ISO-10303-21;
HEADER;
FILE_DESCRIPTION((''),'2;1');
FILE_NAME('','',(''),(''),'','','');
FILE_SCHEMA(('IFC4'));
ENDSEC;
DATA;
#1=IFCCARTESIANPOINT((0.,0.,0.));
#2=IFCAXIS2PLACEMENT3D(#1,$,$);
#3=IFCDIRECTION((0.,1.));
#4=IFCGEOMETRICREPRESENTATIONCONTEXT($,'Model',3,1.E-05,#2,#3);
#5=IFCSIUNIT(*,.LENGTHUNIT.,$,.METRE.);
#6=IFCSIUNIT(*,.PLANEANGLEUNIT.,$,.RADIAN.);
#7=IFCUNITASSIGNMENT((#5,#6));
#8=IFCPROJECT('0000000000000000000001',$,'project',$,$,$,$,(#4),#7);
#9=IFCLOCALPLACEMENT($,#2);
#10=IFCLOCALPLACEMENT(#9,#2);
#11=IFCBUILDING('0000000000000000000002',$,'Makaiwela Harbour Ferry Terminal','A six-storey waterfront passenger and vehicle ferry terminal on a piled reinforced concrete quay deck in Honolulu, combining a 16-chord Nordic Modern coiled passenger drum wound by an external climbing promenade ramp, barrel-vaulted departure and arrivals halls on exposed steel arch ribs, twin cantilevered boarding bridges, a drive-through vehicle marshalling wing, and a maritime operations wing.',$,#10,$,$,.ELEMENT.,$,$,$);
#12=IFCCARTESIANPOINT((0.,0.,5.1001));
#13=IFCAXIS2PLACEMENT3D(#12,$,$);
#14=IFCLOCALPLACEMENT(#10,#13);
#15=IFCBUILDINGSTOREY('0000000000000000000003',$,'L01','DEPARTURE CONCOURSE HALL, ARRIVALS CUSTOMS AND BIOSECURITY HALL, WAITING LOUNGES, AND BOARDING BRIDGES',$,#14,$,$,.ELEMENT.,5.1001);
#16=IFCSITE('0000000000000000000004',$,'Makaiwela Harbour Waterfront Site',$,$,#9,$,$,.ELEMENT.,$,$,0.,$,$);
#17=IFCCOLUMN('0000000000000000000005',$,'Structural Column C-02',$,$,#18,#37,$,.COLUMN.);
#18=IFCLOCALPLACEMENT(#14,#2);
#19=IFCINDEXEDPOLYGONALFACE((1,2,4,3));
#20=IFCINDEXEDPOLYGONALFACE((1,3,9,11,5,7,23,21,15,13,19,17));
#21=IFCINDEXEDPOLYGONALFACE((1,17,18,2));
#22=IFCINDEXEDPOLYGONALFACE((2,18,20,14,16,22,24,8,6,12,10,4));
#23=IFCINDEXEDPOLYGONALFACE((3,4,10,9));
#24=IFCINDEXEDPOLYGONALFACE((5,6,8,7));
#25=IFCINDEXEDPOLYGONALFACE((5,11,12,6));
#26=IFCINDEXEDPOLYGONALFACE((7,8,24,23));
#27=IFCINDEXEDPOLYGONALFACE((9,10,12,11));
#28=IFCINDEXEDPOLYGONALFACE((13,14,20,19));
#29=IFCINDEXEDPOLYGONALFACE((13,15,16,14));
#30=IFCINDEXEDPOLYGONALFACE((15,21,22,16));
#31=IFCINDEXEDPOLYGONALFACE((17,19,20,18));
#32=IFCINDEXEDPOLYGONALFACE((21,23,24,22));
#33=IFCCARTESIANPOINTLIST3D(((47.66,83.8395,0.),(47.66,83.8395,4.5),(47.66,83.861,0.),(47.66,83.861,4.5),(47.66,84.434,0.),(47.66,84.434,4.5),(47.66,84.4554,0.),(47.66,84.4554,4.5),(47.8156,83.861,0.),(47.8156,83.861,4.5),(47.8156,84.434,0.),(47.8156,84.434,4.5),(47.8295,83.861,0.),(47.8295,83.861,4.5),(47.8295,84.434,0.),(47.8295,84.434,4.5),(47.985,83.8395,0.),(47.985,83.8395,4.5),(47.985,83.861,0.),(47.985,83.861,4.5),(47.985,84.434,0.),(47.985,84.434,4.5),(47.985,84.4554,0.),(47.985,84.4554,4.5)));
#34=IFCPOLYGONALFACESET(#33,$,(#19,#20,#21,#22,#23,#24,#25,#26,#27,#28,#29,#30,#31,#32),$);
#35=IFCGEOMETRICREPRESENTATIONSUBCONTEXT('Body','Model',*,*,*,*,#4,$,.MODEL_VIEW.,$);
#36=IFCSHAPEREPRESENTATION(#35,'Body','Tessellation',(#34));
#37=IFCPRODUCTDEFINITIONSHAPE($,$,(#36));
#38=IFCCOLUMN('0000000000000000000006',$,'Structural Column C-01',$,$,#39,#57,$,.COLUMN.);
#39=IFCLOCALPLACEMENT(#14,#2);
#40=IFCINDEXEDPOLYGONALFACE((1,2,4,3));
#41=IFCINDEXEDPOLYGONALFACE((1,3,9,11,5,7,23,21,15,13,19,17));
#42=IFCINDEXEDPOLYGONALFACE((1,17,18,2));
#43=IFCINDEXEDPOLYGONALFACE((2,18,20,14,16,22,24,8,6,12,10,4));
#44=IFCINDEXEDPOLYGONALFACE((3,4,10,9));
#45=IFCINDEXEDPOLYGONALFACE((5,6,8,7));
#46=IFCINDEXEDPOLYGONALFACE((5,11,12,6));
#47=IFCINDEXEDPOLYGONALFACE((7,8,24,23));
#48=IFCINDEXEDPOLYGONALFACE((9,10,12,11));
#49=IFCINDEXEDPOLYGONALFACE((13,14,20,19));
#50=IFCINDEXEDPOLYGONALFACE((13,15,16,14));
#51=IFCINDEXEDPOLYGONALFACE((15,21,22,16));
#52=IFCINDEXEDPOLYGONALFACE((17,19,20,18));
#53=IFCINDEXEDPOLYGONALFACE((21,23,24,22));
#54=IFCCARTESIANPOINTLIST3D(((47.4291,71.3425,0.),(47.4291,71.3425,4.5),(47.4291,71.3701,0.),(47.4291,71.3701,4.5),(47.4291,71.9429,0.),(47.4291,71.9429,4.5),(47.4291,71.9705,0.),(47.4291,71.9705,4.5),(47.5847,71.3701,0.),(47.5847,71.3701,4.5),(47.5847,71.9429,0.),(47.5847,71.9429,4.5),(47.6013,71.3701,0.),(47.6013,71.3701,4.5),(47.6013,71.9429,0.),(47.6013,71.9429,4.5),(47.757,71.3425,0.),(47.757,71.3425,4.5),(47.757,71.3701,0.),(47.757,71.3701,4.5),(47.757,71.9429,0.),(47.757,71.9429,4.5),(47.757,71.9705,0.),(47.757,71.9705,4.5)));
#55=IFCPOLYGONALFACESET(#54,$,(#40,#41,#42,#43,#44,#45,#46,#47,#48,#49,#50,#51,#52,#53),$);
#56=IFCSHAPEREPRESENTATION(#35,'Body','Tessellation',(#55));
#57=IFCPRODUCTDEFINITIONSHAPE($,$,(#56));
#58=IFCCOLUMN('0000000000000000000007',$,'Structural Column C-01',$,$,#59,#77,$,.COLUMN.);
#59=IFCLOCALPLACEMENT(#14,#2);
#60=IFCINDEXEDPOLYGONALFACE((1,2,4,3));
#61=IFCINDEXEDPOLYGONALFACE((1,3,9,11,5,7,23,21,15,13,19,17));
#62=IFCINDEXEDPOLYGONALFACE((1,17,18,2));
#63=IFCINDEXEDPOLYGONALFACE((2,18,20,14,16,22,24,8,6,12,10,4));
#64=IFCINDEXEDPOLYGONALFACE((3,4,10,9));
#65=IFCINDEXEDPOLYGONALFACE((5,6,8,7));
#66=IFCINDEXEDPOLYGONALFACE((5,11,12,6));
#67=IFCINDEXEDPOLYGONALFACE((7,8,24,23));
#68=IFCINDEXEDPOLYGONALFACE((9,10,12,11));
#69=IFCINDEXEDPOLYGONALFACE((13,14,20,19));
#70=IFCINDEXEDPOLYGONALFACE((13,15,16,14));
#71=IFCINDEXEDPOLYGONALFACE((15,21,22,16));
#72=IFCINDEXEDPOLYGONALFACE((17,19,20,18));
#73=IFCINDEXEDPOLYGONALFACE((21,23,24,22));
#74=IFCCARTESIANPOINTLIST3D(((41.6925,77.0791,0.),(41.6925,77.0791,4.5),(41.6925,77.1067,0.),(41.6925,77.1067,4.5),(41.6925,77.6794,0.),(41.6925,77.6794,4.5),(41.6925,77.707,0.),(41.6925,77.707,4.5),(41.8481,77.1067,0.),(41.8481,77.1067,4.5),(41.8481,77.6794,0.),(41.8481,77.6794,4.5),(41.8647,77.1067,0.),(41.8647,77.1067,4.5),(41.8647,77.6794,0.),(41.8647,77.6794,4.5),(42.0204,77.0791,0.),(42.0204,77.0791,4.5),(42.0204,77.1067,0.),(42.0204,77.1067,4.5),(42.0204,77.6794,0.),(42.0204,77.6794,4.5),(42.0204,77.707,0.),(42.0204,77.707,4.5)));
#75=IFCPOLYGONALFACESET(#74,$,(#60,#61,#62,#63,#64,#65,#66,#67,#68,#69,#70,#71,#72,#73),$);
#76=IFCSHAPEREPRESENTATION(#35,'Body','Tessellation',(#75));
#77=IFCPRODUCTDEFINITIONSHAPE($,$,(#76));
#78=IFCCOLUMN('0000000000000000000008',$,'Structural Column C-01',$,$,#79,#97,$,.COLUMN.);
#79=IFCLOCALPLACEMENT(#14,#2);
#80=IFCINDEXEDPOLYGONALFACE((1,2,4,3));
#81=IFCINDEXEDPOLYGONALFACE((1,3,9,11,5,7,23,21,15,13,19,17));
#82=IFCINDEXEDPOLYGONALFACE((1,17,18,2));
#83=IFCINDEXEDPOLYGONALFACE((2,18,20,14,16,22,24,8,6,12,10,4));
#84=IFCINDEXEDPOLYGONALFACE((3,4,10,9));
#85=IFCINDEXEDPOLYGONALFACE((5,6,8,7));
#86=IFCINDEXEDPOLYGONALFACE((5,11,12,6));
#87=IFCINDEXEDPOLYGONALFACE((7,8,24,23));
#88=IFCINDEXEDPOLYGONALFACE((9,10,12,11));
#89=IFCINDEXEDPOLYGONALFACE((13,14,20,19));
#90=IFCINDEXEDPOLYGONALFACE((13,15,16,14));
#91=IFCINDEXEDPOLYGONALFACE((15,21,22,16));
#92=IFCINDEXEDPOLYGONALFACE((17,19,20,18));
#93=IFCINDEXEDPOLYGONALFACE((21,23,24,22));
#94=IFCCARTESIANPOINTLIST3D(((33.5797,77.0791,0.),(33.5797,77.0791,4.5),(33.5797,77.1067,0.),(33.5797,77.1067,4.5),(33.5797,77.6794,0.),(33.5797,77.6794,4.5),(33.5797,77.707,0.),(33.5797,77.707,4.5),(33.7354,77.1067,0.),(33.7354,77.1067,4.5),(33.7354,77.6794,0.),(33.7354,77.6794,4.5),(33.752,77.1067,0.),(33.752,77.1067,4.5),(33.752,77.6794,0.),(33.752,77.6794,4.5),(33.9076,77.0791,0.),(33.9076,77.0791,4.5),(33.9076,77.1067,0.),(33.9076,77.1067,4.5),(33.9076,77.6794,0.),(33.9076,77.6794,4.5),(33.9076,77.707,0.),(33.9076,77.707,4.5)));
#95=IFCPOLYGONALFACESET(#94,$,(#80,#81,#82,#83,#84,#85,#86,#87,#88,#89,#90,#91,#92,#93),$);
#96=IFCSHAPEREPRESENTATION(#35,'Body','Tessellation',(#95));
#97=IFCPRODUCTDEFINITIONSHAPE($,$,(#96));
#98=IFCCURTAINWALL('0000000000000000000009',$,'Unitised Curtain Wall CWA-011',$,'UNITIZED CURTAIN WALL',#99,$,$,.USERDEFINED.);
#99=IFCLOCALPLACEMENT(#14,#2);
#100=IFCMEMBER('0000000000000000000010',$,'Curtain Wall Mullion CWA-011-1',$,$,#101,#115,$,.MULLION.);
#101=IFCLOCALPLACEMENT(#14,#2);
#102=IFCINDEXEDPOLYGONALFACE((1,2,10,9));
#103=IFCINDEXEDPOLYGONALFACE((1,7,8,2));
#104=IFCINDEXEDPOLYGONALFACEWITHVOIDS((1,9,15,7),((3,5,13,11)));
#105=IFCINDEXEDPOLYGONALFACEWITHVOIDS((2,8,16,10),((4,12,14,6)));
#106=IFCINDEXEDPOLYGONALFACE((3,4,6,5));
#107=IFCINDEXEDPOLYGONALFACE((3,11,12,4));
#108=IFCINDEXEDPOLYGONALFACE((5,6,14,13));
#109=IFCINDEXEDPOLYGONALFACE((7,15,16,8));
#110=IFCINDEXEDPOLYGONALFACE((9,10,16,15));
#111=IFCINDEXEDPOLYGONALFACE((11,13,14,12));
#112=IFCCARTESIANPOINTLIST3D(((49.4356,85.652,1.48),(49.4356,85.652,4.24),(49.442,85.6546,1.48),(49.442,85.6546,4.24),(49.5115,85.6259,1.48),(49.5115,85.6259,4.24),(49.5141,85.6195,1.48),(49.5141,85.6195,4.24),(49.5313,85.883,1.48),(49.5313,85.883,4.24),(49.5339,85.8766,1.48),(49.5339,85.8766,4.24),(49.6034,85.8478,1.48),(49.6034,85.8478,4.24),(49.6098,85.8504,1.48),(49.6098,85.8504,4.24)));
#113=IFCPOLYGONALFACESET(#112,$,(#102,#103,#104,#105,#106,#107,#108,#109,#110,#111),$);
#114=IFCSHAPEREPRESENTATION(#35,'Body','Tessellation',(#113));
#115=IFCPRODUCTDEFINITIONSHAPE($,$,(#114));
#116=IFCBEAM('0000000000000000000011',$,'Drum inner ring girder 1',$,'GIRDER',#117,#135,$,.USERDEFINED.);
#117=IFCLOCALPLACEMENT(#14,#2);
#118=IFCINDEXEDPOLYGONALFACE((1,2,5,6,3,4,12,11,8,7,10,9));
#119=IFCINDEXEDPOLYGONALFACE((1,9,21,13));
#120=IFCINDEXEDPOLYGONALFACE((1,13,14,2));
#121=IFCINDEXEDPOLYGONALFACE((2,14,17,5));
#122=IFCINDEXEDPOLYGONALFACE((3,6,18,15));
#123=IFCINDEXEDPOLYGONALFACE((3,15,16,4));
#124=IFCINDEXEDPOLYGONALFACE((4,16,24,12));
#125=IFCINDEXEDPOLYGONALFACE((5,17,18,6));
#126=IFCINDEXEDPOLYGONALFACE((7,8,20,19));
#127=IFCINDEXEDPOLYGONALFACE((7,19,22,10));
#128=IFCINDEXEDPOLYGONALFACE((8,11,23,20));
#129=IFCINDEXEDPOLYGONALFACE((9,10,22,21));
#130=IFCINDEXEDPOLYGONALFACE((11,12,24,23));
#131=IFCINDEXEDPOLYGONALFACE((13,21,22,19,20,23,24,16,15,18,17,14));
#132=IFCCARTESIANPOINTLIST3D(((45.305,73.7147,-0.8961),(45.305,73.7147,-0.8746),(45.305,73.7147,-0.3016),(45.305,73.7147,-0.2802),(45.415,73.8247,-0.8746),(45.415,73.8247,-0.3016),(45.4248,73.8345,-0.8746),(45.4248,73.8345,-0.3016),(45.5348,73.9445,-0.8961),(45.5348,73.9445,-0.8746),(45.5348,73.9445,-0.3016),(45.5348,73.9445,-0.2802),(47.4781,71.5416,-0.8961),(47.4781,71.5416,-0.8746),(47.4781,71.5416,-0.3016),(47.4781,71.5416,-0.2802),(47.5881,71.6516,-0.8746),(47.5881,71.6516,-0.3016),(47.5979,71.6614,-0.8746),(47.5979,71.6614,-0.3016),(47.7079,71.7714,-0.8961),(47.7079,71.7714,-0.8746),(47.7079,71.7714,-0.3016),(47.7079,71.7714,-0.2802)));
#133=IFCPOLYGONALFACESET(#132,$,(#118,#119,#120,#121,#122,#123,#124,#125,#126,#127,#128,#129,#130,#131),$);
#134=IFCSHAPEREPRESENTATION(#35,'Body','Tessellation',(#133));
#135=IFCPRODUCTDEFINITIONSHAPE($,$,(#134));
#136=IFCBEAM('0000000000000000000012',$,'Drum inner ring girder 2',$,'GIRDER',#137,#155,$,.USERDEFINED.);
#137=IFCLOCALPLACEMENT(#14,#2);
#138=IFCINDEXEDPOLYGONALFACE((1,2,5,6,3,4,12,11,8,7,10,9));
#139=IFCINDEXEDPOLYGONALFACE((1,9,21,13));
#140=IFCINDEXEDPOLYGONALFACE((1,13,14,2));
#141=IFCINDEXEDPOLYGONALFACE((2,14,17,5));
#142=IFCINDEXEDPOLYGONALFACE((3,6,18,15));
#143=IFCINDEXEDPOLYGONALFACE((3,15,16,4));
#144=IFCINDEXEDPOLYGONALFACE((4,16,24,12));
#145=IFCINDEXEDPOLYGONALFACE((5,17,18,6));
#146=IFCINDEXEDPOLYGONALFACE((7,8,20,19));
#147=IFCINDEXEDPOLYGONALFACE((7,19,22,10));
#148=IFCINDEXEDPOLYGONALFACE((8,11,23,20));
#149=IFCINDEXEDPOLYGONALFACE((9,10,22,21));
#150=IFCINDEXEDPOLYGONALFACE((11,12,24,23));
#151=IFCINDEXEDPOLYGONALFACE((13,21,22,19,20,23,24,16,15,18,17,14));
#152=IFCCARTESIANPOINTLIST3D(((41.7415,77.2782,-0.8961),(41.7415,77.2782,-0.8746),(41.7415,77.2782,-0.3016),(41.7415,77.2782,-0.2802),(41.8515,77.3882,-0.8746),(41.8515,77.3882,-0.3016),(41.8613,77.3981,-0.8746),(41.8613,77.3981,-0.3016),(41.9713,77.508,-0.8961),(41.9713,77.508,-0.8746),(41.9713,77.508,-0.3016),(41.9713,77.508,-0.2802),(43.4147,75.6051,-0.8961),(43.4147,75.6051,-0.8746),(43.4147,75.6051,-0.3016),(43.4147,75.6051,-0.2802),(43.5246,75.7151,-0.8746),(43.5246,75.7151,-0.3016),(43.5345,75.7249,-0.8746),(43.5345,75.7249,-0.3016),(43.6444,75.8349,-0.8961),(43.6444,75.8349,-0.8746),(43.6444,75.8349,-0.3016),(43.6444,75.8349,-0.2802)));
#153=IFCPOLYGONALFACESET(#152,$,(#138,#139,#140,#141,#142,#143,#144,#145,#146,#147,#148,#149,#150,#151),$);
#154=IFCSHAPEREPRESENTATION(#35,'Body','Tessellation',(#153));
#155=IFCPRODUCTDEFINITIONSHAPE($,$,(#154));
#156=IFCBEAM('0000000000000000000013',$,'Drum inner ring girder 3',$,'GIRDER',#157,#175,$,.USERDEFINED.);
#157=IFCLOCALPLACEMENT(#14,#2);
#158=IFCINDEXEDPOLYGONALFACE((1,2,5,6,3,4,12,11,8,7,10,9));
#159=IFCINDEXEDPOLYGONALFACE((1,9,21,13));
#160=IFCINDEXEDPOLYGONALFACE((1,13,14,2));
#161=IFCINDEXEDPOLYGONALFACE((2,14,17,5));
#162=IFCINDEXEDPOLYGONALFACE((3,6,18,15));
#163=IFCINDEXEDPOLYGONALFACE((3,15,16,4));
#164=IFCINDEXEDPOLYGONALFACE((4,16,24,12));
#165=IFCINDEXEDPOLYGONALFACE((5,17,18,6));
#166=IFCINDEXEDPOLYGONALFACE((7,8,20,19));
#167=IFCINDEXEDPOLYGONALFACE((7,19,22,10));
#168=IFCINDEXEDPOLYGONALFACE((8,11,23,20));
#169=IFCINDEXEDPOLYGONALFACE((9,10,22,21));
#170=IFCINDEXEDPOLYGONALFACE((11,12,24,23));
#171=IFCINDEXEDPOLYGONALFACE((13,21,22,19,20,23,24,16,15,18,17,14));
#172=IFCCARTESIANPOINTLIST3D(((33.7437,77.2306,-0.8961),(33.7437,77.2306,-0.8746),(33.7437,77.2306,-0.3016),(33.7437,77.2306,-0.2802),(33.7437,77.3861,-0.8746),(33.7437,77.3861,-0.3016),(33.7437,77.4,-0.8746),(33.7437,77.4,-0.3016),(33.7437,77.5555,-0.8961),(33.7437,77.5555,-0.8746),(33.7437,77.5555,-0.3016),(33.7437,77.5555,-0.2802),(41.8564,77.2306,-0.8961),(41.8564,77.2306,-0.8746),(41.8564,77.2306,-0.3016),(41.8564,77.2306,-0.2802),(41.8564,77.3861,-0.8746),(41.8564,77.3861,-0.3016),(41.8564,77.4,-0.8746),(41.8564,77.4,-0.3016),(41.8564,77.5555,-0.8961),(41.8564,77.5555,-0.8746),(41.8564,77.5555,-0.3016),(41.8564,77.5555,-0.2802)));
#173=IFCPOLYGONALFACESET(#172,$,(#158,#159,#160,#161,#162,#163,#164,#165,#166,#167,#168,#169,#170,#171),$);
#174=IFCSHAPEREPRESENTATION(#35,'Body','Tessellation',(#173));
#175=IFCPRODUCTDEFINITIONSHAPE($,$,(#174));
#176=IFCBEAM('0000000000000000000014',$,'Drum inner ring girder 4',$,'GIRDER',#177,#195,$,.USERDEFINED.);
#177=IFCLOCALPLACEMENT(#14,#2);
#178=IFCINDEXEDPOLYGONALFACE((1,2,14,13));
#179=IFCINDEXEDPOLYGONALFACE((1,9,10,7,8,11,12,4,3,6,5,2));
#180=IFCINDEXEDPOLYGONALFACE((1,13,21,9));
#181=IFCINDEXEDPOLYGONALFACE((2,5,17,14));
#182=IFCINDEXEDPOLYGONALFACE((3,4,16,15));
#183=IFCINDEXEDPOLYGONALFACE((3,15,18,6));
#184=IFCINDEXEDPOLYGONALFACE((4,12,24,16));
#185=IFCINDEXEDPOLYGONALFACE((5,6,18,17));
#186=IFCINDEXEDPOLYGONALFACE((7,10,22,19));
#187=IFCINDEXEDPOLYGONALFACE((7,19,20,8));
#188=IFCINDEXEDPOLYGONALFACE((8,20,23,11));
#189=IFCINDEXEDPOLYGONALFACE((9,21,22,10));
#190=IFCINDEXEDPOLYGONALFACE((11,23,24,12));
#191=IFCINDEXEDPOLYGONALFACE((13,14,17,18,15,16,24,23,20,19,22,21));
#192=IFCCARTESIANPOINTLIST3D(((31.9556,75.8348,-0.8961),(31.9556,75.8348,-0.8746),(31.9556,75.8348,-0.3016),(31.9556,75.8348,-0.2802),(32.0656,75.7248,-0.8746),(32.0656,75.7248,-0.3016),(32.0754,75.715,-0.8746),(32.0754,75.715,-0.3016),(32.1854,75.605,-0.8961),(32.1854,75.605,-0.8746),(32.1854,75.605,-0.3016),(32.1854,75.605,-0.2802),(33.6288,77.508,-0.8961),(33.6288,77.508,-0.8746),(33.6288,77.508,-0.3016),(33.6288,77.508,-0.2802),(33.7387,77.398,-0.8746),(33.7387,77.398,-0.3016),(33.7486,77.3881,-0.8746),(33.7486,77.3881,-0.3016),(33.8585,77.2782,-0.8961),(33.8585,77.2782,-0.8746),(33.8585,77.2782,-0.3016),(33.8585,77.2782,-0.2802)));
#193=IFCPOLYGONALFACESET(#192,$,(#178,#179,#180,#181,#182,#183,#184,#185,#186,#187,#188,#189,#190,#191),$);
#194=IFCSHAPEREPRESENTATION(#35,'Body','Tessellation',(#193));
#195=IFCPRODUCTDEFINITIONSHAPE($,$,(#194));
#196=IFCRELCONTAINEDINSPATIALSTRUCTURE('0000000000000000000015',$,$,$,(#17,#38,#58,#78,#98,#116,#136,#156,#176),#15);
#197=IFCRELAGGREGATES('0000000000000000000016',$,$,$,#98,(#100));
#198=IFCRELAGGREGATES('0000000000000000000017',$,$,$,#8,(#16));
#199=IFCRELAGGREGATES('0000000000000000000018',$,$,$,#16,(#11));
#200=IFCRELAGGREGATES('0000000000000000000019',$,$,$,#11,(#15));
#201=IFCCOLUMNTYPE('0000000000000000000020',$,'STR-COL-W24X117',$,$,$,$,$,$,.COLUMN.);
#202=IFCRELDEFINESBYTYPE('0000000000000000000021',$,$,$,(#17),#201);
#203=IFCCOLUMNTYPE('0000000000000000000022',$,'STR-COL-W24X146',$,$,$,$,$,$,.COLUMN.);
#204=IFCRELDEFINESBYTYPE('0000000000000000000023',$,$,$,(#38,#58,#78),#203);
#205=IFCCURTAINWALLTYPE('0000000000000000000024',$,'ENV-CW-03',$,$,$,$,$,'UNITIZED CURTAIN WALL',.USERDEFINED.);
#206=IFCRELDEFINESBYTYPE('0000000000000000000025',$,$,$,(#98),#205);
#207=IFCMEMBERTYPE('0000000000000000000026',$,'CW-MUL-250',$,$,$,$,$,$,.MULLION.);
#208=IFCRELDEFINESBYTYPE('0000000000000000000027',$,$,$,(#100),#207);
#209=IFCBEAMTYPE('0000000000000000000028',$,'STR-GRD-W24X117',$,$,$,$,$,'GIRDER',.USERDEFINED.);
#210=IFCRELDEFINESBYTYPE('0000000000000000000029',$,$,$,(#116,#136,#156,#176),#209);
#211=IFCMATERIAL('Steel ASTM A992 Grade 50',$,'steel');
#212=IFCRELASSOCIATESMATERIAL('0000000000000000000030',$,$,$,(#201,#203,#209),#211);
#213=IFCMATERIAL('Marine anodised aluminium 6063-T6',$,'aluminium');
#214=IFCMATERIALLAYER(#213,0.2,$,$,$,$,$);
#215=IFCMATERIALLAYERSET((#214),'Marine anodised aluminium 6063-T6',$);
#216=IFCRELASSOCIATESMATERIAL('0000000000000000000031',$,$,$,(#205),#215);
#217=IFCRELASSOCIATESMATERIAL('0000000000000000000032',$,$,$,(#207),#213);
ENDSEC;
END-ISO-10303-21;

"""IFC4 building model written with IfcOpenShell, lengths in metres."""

from ifc_helpers import new_model, si_unit, direction, frame, origin, origin_2d, place, context, subcontext, project, spatial, hollow_rectangle, i_section, extrude, material, layer, layer_set, material_profile, profile_set, type_object, element, aggregate, save


model = new_model("IFC4")

# Units and contexts
model_context = context("Model", 3, precision=1e-05, world=origin(), true_north=direction((0.0, 1.0)))
body_context = subcontext(model_context, "Body", "Model", "MODEL_VIEW")
ifc_project = project(units=[si_unit("LENGTHUNIT", "METRE"), si_unit("PLANEANGLEUNIT", "RADIAN")], contexts=[model_context])

# Site, building, storey
site_placement = place(None, origin())
site = spatial("IfcSite", under=ifc_project, at=site_placement, Name="Makaiwela Harbour Waterfront Site", CompositionType="ELEMENT", RefElevation=0.0)
building_placement = place(site_placement, origin())
building = spatial("IfcBuilding", under=site, at=building_placement, Name="Makaiwela Harbour Ferry Terminal", Description="A six-storey waterfront passenger and vehicle ferry terminal on a piled reinforced concrete quay deck in Honolulu, combining a 16-chord Nordic Modern coiled passenger drum wound by an external climbing promenade ramp, barrel-vaulted departure and arrivals halls on exposed steel arch ribs, twin cantilevered boarding bridges, a drive-through vehicle marshalling wing, and a maritime operations wing.", CompositionType="ELEMENT")
storey_placement = place(building_placement, frame((0.0, 0.0, 5.1001)))
storey = spatial("IfcBuildingStorey", under=building, at=storey_placement, Name="L01", Description="DEPARTURE CONCOURSE HALL, ARRIVALS CUSTOMS AND BIOSECURITY HALL, WAITING LOUNGES, AND BOARDING BRIDGES", CompositionType="ELEMENT", Elevation=5.1001)

# Columns
ifc_material_1 = material(Name="Steel ASTM A992 Grade 50", Category="steel")
ifc_material_profile_1 = material_profile(ifc_material_1, i_section(OverallWidth=0.325, OverallDepth=0.616, WebThickness=0.0139, FlangeThickness=0.0215, at=origin_2d()), Name="W24X117")
ifc_profile_set_1 = profile_set([ifc_material_profile_1], Name="Steel ASTM A992 Grade 50")
column_type_1 = type_object("IfcColumnType", Name="STR-COL-W24X117", PredefinedType="COLUMN", material=ifc_profile_set_1)
column_placement = place(storey_placement, frame((47.8225, 84.1475, 0.0), z_axis=(0.0, 0.0, 1.0), x_axis=(1.0, 0.0, 0.0)))
element("IfcColumn", 1, at=column_placement, inside=storey, type_object=column_type_1, Name="Structural Column C-02", PredefinedType="COLUMN", context=body_context, shape_type="SweptSolid", body=[
    extrude(i_section(OverallWidth=0.325, OverallDepth=0.616, WebThickness=0.0139, FlangeThickness=0.0215, at=origin_2d()), origin(), (0.0, 0.0, 1.0), 4.5),
])
ifc_material_profile_2 = material_profile(ifc_material_1, i_section(OverallWidth=0.3279, OverallDepth=0.6279, WebThickness=0.0166, FlangeThickness=0.0276, at=origin_2d()), Name="W24X146")
ifc_profile_set_2 = profile_set([ifc_material_profile_2], Name="Steel ASTM A992 Grade 50")
column_type_2 = type_object("IfcColumnType", Name="STR-COL-W24X146", PredefinedType="COLUMN", material=ifc_profile_set_2)
for number, where, z_axis, x_axis, name in (
    (2, (47.593, 71.6565, 0.0), (0.0, 0.0, 1.0), (1.0, 0.0, 0.0), "Structural Column C-01"),
    (3, (41.8564, 77.3931, 0.0), (0.0, 0.0, 1.0), (1.0, 0.0, 0.0), "Structural Column C-01"),
    (4, (33.7437, 77.3931, 0.0), (0.0, 0.0, 1.0), (1.0, 0.0, 0.0), "Structural Column C-01"),
):
    element("IfcColumn", number, at=place(storey_placement, frame(where, z_axis=z_axis, x_axis=x_axis)), inside=storey, type_object=column_type_2, Name=name, PredefinedType="COLUMN", context=body_context, shape_type="SweptSolid", body=[
        extrude(i_section(OverallWidth=0.3279, OverallDepth=0.6279, WebThickness=0.0166, FlangeThickness=0.0276, at=origin_2d()), origin(), (0.0, 0.0, 1.0), 4.5),
    ])

# Curtain wall, member
ifc_material_2 = material(Name="Marine anodised aluminium 6063-T6", Category="aluminium")
ifc_layer_1 = layer(ifc_material_2, 0.2)
ifc_layer_set_1 = layer_set([ifc_layer_1], Name="Marine anodised aluminium 6063-T6")
curtain_wall_type = type_object("IfcCurtainWallType", Name="ENV-CW-03", ElementType="UNITIZED CURTAIN WALL", PredefinedType="USERDEFINED", material=ifc_layer_set_1)
curtain_wall_placement = place(storey_placement, origin())
curtain_wall = element("IfcCurtainWall", 5, at=curtain_wall_placement, inside=storey, type_object=curtain_wall_type, Name="Unitised Curtain Wall CWA-011", ObjectType="UNITIZED CURTAIN WALL", PredefinedType="USERDEFINED")
ifc_material_profile_3 = material_profile(ifc_material_2, hollow_rectangle(XDim=0.085, YDim=0.25, WallThickness=0.0049, at=origin_2d()), Name="CWM-250X85")
ifc_profile_set_3 = profile_set([ifc_material_profile_3], Name="Marine anodised aluminium 6063-T6")
member_type = type_object("IfcMemberType", Name="CW-MUL-250", PredefinedType="MULLION", material=ifc_profile_set_3)
member_placement = place(storey_placement, frame((49.5227, 85.7512, 1.48), z_axis=(0.0, 0.0, 1.0), x_axis=(-0.92388, 0.382683, 0.0)))
member = element("IfcMember", 6, at=member_placement, type_object=member_type, Name="Curtain Wall Mullion CWA-011-1", PredefinedType="MULLION", context=body_context, shape_type="SweptSolid", body=[
    extrude(hollow_rectangle(XDim=0.085, YDim=0.25, WallThickness=0.0049, at=origin_2d()), origin(), (0.0, 0.0, 1.0), 2.76),
])
aggregate(curtain_wall, [member])

# Beams
ifc_material_profile_4 = material_profile(ifc_material_1, i_section(OverallWidth=0.325, OverallDepth=0.616, WebThickness=0.0139, FlangeThickness=0.0215, at=origin_2d()), Name="W24X117")
ifc_profile_set_4 = profile_set([ifc_material_profile_4], Name="Steel ASTM A992 Grade 50")
beam_type_1 = type_object("IfcBeamType", Name="STR-GRD-W24X117", ElementType="GIRDER", PredefinedType="USERDEFINED", material=ifc_profile_set_4)
beam_1_placement = place(storey_placement, frame((47.593, 71.6565, -0.5881), z_axis=(-0.707107, 0.707107, 0.0), x_axis=(-0.707107, -0.707107, 0.0)))
element("IfcBeam", 7, at=beam_1_placement, inside=storey, type_object=beam_type_1, Name="Drum inner ring girder 1", ObjectType="GIRDER", PredefinedType="USERDEFINED", context=body_context, shape_type="SweptSolid", body=[
    extrude(i_section(OverallWidth=0.325, OverallDepth=0.616, WebThickness=0.0139, FlangeThickness=0.0215, at=origin_2d()), origin(), (0.0, 0.0, 1.0), 3.0732),
])
beam_2_placement = place(storey_placement, frame((43.5295, 75.72, -0.5881), z_axis=(-0.707107, 0.707107, 0.0), x_axis=(-0.707107, -0.707107, 0.0)))
element("IfcBeam", 8, at=beam_2_placement, inside=storey, type_object=beam_type_1, Name="Drum inner ring girder 2", ObjectType="GIRDER", PredefinedType="USERDEFINED", context=body_context, shape_type="SweptSolid", body=[
    extrude(i_section(OverallWidth=0.325, OverallDepth=0.616, WebThickness=0.0139, FlangeThickness=0.0215, at=origin_2d()), origin(), (0.0, 0.0, 1.0), 2.3662),
])
beam_3_placement = place(storey_placement, frame((41.8564, 77.3931, -0.5881), z_axis=(-1.0, 0.0, 0.0), x_axis=(0.0, -1.0, 0.0)))
element("IfcBeam", 9, at=beam_3_placement, inside=storey, type_object=beam_type_1, Name="Drum inner ring girder 3", ObjectType="GIRDER", PredefinedType="USERDEFINED", context=body_context, shape_type="SweptSolid", body=[
    extrude(i_section(OverallWidth=0.325, OverallDepth=0.616, WebThickness=0.0139, FlangeThickness=0.0215, at=origin_2d()), origin(), (0.0, 0.0, 1.0), 8.1128),
])
beam_4_placement = place(storey_placement, frame((33.7437, 77.3931, -0.5881), z_axis=(-0.707107, -0.707107, 0.0), x_axis=(0.707107, -0.707107, 0.0)))
element("IfcBeam", 10, at=beam_4_placement, inside=storey, type_object=beam_type_1, Name="Drum inner ring girder 4", ObjectType="GIRDER", PredefinedType="USERDEFINED", context=body_context, shape_type="SweptSolid", body=[
    extrude(i_section(OverallWidth=0.325, OverallDepth=0.616, WebThickness=0.0139, FlangeThickness=0.0215, at=origin_2d()), origin(), (0.0, 0.0, 1.0), 2.3662),
])

save(model, "model.ifc")
